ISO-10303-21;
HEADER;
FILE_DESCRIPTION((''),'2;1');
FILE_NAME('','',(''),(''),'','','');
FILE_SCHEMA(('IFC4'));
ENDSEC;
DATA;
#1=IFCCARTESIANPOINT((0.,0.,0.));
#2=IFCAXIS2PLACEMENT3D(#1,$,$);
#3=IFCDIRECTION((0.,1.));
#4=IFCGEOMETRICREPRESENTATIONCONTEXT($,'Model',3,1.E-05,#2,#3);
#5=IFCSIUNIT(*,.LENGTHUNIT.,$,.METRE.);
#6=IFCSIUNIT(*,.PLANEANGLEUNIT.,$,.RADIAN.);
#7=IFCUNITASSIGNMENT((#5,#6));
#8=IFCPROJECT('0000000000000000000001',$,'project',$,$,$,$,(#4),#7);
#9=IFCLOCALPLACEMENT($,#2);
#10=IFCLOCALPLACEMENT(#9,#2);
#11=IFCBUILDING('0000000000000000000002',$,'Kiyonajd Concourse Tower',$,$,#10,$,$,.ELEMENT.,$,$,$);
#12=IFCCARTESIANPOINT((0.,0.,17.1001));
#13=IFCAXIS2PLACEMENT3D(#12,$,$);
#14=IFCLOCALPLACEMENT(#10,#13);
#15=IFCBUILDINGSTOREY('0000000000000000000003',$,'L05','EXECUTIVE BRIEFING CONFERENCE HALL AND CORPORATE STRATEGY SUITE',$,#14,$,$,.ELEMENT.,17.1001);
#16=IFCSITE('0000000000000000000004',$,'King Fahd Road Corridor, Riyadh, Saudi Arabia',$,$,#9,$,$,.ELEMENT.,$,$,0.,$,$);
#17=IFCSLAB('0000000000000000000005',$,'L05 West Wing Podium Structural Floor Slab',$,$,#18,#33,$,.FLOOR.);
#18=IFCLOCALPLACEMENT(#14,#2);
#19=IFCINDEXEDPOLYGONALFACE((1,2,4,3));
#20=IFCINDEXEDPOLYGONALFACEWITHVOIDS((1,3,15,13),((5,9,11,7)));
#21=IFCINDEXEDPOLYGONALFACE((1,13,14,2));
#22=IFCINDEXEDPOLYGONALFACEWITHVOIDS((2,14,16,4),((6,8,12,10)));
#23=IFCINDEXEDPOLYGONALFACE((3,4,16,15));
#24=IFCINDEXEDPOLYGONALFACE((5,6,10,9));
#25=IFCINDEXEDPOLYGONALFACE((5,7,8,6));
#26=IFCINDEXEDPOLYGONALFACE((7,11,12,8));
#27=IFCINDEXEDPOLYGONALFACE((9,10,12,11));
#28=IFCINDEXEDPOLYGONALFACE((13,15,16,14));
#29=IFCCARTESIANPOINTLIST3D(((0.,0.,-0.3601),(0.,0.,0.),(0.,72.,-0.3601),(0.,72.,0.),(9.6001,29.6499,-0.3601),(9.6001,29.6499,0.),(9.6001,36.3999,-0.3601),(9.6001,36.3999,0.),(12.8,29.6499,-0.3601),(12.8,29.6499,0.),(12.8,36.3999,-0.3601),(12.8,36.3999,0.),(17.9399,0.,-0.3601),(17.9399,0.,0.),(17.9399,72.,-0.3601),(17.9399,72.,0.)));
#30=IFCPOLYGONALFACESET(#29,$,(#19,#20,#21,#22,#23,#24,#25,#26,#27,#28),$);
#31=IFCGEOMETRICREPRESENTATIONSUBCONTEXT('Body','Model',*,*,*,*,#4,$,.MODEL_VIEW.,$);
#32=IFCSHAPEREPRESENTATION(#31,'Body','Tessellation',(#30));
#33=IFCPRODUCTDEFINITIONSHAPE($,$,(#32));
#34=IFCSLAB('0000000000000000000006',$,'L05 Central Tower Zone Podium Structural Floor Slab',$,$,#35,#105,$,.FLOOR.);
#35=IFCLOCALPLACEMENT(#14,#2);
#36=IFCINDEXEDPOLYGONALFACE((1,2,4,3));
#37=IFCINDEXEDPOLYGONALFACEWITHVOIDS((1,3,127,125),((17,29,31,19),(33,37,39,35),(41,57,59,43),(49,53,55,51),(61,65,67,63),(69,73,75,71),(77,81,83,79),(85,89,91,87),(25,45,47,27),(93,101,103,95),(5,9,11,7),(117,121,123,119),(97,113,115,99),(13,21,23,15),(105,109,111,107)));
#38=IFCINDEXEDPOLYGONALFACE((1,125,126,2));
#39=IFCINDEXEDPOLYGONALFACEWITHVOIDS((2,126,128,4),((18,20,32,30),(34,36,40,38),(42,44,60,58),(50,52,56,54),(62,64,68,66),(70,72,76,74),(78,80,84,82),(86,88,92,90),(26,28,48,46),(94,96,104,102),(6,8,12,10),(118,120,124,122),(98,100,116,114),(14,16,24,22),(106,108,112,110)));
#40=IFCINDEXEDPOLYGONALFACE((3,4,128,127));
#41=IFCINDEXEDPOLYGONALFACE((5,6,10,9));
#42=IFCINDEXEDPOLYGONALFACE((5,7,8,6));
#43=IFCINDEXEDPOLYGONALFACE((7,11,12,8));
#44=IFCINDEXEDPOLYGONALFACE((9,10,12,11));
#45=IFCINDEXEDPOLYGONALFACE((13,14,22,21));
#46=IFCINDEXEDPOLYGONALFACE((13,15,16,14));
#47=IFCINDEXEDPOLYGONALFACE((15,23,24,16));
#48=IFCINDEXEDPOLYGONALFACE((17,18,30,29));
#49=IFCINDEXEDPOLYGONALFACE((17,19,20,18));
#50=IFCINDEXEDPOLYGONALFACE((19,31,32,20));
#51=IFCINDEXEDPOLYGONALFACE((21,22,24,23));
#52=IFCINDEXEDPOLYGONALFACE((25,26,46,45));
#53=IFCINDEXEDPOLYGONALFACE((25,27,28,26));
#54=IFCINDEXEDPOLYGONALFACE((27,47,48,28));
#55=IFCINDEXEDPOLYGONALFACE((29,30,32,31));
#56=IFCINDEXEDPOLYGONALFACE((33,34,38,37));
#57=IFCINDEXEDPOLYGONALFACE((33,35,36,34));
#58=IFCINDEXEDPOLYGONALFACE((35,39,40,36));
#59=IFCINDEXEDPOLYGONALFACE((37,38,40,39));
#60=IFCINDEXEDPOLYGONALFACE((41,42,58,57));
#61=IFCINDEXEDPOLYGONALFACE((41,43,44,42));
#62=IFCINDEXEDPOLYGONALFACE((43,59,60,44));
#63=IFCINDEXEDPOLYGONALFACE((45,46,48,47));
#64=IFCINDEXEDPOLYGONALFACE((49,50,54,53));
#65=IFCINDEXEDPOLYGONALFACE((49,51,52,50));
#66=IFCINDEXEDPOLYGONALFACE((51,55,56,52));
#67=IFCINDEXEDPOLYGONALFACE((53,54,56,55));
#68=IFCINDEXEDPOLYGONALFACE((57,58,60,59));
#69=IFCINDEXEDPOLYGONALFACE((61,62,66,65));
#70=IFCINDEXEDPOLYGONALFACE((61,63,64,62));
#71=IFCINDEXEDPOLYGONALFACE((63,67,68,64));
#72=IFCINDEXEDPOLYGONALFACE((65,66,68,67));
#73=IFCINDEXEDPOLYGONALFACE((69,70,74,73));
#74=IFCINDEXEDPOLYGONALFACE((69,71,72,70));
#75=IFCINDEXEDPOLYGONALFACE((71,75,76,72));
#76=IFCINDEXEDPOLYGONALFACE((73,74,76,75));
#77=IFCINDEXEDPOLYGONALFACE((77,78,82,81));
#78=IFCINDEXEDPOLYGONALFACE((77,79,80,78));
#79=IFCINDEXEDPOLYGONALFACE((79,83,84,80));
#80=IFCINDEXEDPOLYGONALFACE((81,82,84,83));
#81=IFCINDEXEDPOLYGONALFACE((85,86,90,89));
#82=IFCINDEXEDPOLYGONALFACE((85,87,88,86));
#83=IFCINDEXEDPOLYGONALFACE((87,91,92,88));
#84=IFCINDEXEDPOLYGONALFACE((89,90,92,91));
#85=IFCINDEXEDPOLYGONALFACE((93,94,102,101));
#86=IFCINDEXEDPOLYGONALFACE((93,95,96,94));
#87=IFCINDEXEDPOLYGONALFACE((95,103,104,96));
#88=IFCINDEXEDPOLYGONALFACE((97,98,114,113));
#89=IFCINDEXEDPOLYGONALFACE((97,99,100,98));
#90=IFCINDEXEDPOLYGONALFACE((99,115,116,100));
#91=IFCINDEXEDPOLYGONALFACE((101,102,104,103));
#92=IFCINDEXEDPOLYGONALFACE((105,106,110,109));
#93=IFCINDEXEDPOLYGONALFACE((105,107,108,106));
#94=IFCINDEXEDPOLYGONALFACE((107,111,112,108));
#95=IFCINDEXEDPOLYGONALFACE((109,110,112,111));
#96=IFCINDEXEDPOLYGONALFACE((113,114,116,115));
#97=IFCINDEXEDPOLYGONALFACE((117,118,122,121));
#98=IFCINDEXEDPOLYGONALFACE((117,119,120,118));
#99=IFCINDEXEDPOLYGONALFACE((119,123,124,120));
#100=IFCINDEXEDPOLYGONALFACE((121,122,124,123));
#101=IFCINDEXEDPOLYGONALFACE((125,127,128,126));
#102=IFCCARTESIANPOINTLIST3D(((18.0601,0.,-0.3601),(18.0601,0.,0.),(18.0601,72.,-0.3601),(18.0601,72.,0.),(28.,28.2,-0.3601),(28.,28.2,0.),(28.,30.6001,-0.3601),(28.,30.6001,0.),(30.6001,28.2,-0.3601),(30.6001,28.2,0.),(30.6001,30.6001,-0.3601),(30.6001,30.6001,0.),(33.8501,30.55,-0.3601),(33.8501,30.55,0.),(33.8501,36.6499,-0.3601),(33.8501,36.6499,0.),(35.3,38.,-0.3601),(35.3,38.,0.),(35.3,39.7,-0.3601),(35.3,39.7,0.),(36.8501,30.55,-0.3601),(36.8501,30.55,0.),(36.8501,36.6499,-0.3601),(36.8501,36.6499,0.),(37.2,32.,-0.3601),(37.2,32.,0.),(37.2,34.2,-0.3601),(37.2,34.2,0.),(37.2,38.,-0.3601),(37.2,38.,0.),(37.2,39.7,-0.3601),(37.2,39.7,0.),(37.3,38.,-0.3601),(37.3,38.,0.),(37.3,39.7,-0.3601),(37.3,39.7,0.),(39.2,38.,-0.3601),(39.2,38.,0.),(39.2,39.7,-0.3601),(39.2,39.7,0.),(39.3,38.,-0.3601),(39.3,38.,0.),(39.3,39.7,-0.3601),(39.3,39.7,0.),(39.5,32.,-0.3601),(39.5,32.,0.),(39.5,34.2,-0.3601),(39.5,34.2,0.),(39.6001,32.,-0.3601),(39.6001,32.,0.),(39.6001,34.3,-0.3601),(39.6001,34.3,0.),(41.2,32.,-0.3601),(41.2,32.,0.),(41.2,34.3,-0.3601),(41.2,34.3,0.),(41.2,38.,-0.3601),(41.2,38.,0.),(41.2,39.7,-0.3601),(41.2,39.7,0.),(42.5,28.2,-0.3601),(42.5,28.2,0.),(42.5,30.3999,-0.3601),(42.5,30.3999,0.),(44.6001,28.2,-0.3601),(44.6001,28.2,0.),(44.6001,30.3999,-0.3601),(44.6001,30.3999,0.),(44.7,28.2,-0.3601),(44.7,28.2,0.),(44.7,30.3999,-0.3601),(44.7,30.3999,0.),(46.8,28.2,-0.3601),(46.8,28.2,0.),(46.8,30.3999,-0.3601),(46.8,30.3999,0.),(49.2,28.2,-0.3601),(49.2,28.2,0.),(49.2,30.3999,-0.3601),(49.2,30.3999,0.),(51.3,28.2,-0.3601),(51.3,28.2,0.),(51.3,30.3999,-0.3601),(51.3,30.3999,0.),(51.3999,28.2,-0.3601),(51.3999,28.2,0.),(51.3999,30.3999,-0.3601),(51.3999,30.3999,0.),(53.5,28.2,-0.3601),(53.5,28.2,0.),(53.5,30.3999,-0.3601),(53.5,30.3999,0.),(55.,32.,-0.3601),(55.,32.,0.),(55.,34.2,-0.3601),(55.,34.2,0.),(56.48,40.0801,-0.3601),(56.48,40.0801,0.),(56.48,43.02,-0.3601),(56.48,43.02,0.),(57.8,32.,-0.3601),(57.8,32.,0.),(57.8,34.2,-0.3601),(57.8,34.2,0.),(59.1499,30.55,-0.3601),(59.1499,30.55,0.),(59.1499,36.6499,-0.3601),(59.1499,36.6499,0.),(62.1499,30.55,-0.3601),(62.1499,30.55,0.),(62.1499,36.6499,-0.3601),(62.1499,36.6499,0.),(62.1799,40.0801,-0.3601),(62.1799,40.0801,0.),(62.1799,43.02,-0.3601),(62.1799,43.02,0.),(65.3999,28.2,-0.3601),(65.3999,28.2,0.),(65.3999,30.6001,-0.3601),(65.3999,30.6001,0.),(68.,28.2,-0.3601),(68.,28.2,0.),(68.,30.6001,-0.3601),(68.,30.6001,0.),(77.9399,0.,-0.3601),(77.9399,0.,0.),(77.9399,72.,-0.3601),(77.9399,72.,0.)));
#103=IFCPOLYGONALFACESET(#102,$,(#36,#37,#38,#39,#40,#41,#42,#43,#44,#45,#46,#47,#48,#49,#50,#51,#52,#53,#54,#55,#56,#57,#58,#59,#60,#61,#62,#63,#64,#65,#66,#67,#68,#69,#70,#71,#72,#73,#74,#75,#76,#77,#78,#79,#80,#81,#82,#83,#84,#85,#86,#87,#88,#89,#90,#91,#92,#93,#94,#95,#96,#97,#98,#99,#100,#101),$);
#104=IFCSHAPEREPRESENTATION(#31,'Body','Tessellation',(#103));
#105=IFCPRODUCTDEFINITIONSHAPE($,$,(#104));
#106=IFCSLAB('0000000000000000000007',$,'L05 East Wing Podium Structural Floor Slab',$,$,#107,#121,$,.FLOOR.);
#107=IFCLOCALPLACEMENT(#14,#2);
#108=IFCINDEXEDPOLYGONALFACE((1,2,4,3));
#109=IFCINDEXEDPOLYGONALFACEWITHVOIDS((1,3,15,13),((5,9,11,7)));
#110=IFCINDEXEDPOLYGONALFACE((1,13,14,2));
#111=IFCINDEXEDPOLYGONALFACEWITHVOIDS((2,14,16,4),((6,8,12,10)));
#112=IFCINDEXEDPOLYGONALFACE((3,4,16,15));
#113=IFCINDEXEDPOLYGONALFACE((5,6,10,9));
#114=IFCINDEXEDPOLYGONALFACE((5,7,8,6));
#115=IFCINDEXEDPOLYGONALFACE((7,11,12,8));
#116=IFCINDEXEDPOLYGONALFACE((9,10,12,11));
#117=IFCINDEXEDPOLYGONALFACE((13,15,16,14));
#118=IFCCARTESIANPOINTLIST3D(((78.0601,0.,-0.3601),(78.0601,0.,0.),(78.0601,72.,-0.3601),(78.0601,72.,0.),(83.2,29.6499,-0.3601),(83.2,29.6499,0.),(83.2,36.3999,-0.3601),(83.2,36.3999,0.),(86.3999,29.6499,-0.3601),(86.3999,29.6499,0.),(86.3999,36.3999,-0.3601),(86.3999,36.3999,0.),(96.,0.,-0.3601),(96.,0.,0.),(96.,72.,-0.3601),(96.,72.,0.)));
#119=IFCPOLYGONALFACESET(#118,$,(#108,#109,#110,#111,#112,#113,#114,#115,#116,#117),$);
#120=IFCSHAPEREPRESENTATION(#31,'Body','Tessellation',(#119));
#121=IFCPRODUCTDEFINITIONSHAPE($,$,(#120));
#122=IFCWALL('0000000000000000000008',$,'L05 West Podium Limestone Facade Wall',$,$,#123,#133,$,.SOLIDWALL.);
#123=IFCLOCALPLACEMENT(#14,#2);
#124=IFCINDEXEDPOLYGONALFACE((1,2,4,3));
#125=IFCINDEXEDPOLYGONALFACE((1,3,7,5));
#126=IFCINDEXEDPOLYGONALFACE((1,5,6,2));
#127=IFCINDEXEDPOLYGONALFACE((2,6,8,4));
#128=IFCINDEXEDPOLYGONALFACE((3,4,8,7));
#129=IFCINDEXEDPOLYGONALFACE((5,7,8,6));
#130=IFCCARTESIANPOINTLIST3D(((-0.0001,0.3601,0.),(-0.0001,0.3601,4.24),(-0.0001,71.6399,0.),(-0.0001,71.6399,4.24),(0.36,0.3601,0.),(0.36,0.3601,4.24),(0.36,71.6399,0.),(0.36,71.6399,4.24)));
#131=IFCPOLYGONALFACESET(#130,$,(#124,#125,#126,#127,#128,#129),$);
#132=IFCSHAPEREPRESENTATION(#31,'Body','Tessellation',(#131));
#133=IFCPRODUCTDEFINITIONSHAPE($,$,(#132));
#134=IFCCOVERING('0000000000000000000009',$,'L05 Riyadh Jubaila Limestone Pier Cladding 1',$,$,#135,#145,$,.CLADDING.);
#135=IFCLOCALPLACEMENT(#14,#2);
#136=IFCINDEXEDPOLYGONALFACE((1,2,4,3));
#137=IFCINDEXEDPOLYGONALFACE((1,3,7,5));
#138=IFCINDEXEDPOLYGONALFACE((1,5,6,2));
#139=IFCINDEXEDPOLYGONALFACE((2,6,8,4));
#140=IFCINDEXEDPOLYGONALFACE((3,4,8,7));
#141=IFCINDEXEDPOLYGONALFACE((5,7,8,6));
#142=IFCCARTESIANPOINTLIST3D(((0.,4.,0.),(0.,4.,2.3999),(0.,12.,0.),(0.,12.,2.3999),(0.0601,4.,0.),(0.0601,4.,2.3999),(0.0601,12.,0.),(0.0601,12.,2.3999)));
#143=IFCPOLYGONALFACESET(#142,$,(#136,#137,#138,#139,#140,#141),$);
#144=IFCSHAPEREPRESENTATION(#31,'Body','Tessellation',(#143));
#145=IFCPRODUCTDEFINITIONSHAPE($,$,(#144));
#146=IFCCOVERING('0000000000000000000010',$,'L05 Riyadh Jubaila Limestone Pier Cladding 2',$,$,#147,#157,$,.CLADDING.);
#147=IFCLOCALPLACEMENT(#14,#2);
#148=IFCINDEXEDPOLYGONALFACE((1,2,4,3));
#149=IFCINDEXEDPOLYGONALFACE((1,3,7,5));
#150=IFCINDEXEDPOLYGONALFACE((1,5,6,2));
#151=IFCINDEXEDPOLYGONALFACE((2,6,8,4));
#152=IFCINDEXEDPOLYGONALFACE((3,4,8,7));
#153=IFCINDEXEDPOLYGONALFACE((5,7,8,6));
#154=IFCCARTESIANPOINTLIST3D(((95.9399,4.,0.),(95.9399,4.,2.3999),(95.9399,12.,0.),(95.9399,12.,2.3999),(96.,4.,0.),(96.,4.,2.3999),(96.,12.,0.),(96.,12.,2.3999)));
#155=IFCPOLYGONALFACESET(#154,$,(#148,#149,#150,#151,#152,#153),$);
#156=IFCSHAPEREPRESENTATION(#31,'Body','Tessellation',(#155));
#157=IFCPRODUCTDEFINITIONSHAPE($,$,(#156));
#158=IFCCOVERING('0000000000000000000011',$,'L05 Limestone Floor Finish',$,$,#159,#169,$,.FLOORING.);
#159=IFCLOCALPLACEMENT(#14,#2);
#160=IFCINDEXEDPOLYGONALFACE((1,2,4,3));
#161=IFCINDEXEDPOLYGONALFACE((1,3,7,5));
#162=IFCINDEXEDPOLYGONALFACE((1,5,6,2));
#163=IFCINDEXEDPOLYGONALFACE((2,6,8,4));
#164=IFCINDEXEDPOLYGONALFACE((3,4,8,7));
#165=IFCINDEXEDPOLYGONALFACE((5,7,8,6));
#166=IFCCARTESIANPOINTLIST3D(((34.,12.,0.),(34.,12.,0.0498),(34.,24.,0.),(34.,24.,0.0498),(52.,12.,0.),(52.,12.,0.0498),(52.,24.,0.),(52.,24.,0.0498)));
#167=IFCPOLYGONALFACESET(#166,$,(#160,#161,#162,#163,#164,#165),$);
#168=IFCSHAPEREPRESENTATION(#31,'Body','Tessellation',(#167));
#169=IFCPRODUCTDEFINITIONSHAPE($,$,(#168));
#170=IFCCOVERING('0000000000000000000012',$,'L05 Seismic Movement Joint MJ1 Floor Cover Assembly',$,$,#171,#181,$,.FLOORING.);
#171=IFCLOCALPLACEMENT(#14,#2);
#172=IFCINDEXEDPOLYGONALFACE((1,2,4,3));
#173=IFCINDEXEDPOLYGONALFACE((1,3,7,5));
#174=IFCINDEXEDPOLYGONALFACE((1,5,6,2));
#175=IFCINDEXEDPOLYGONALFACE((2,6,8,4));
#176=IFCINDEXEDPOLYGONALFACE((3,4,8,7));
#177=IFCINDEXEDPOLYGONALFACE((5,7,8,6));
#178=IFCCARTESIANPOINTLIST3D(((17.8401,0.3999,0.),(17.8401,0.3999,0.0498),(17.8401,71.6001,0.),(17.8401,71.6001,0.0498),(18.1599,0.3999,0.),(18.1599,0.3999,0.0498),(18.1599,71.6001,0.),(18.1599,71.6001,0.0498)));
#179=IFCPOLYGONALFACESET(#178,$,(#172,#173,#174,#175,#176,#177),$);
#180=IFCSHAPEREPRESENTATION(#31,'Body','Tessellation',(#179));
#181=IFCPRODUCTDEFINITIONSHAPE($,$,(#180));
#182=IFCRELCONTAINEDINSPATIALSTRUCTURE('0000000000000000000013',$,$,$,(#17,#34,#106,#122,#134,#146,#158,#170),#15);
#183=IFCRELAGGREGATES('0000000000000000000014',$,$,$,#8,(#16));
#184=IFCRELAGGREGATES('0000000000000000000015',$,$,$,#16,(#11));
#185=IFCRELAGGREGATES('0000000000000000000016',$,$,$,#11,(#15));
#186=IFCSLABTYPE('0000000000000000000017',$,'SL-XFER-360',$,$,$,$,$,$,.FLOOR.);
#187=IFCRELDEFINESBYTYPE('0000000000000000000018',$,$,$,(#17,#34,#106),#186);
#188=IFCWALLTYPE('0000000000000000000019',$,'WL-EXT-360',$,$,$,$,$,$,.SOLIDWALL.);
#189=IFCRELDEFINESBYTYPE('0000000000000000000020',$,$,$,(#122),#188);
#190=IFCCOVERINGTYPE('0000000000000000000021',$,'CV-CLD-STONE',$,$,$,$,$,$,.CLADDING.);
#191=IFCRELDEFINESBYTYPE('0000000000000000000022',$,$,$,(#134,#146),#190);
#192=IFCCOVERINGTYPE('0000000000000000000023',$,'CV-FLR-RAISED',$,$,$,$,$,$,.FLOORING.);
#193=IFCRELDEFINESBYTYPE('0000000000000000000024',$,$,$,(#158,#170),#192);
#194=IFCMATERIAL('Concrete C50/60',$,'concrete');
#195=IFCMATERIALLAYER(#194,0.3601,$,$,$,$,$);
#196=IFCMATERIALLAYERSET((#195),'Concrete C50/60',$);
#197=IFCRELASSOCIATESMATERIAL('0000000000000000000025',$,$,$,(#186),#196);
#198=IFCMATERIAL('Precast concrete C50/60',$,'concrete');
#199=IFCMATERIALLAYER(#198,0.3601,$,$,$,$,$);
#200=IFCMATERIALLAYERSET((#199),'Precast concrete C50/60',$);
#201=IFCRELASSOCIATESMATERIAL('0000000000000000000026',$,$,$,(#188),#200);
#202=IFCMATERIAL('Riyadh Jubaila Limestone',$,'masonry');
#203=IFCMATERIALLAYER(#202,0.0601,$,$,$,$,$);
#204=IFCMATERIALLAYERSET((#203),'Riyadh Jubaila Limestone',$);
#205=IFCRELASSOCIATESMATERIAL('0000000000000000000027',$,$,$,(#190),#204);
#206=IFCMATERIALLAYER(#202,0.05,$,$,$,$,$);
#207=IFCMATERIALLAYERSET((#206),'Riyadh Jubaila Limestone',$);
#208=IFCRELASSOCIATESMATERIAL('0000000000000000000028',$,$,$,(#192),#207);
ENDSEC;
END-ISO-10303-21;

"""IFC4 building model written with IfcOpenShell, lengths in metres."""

from ifc_helpers import new_model, si_unit, direction, frame, frame_2d, origin, place, context, subcontext, project, spatial, polyline, rectangle, outline, extrude, material, layer, layer_set, type_object, element, save


model = new_model("IFC4")

# Units and contexts
model_context = context("Model", 3, precision=1e-05, world=origin(), true_north=direction((0.0, 1.0)))
body_context = subcontext(model_context, "Body", "Model", "MODEL_VIEW")
ifc_project = project(units=[si_unit("LENGTHUNIT", "METRE"), si_unit("PLANEANGLEUNIT", "RADIAN")], contexts=[model_context])

# Site, building, storey
site_placement = place(None, origin())
site = spatial("IfcSite", under=ifc_project, at=site_placement, Name="King Fahd Road Corridor, Riyadh, Saudi Arabia", CompositionType="ELEMENT", RefElevation=0.0)
building_placement = place(site_placement, origin())
building = spatial("IfcBuilding", under=site, at=building_placement, Name="Kiyonajd Concourse Tower", CompositionType="ELEMENT")
storey_placement = place(building_placement, frame((0.0, 0.0, 17.1001)))
storey = spatial("IfcBuildingStorey", under=building, at=storey_placement, Name="L05", Description="EXECUTIVE BRIEFING CONFERENCE HALL AND CORPORATE STRATEGY SUITE", CompositionType="ELEMENT", Elevation=17.1001)

# Slabs
ifc_material_1 = material(Name="Concrete C50/60", Category="concrete")
ifc_layer_1 = layer(ifc_material_1, 0.3601)
ifc_layer_set_1 = layer_set([ifc_layer_1], Name="Concrete C50/60")
slab_type_1 = type_object("IfcSlabType", Name="SL-XFER-360", PredefinedType="FLOOR", material=ifc_layer_set_1)
slab_1_placement = place(storey_placement, frame((0.0, 0.0, -0.3601)))
element("IfcSlab", 1, at=slab_1_placement, inside=storey, type_object=slab_type_1, Name="L05 West Wing Podium Structural Floor Slab", PredefinedType="FLOOR", context=body_context, shape_type="SweptSolid", body=[
    extrude(outline(polyline([(0.0, 0.0), (17.9399, 0.0), (17.9399, 72.0), (0.0, 72.0), (0.0, 0.0)]), holes=[polyline([(9.6001, 29.6499), (9.6001, 36.3999), (12.8, 36.3999), (12.8, 29.6499), (9.6001, 29.6499)])]), origin(), (0.0, 0.0, 1.0), 0.3601),
])
slab_2_placement = place(storey_placement, frame((0.0, 0.0, -0.3601)))
element("IfcSlab", 2, at=slab_2_placement, inside=storey, type_object=slab_type_1, Name="L05 Central Tower Zone Podium Structural Floor Slab", PredefinedType="FLOOR", context=body_context, shape_type="SweptSolid", body=[
    extrude(outline(polyline([(18.0601, 0.0), (77.9399, 0.0), (77.9399, 72.0), (18.0601, 72.0), (18.0601, 0.0)]), holes=[polyline([(42.5, 28.2), (42.5, 30.3999), (44.6001, 30.3999), (44.6001, 28.2), (42.5, 28.2)]), polyline([(28.0, 28.2), (28.0, 30.6001), (30.6001, 30.6001), (30.6001, 28.2), (28.0, 28.2)]), polyline([(37.2, 32.0), (37.2, 34.2), (39.5, 34.2), (39.5, 32.0), (37.2, 32.0)]), polyline([(39.6001, 32.0), (39.6001, 34.3), (41.2, 34.3), (41.2, 32.0), (39.6001, 32.0)]), polyline([(33.8501, 30.55), (33.8501, 36.6499), (36.8501, 36.6499), (36.8501, 30.55), (33.8501, 30.55)]), polyline([(35.3, 38.0), (35.3, 39.7), (37.2, 39.7), (37.2, 38.0), (35.3, 38.0)]), polyline([(37.3, 38.0), (37.3, 39.7), (39.2, 39.7), (39.2, 38.0), (37.3, 38.0)]), polyline([(39.3, 38.0), (39.3, 39.7), (41.2, 39.7), (41.2, 38.0), (39.3, 38.0)]), polyline([(44.7, 28.2), (44.7, 30.3999), (46.8, 30.3999), (46.8, 28.2), (44.7, 28.2)]), polyline([(49.2, 28.2), (49.2, 30.3999), (51.3, 30.3999), (51.3, 28.2), (49.2, 28.2)]), polyline([(51.3999, 28.2), (51.3999, 30.3999), (53.5, 30.3999), (53.5, 28.2), (51.3999, 28.2)]), polyline([(65.3999, 28.2), (65.3999, 30.6001), (68.0, 30.6001), (68.0, 28.2), (65.3999, 28.2)]), polyline([(55.0, 32.0), (55.0, 34.2), (57.8, 34.2), (57.8, 32.0), (55.0, 32.0)]), polyline([(59.1499, 36.6499), (62.1499, 36.6499), (62.1499, 30.55), (59.1499, 30.55), (59.1499, 36.6499)]), polyline([(62.1799, 43.02), (62.1799, 40.0801), (56.48, 40.0801), (56.48, 43.02), (62.1799, 43.02)])]), origin(), (0.0, 0.0, 1.0), 0.3601),
])
slab_3_placement = place(storey_placement, frame((0.0, 0.0, -0.3601)))
element("IfcSlab", 3, at=slab_3_placement, inside=storey, type_object=slab_type_1, Name="L05 East Wing Podium Structural Floor Slab", PredefinedType="FLOOR", context=body_context, shape_type="SweptSolid", body=[
    extrude(outline(polyline([(78.0601, 0.0), (96.0, 0.0), (96.0, 72.0), (78.0601, 72.0), (78.0601, 0.0)]), holes=[polyline([(83.2, 29.6499), (83.2, 36.3999), (86.3999, 36.3999), (86.3999, 29.6499), (83.2, 29.6499)])]), origin(), (0.0, 0.0, 1.0), 0.3601),
])

# Wall
ifc_material_2 = material(Name="Precast concrete C50/60", Category="concrete")
ifc_layer_2 = layer(ifc_material_2, 0.3601)
ifc_layer_set_2 = layer_set([ifc_layer_2], Name="Precast concrete C50/60")
wall_type = type_object("IfcWallType", Name="WL-EXT-360", PredefinedType="SOLIDWALL", material=ifc_layer_set_2)
wall_placement = place(storey_placement, frame((0.1799, 0.3601, 0.0), z_axis=(0.0, 0.0, 1.0), x_axis=(0.0, 1.0, 0.0)))
element("IfcWall", 4, at=wall_placement, inside=storey, type_object=wall_type, Name="L05 West Podium Limestone Facade Wall", PredefinedType="SOLIDWALL", context=body_context, shape_type="SweptSolid", body=[
    extrude(rectangle(XDim=71.2798, YDim=0.3601, at=frame_2d((35.6399, 0.0))), origin(), (0.0, 0.0, 1.0), 4.24),
])

# Coverings
ifc_material_3 = material(Name="Riyadh Jubaila Limestone", Category="masonry")
ifc_layer_3 = layer(ifc_material_3, 0.0601)
ifc_layer_set_3 = layer_set([ifc_layer_3], Name="Riyadh Jubaila Limestone")
covering_type_1 = type_object("IfcCoveringType", Name="CV-CLD-STONE", PredefinedType="CLADDING", material=ifc_layer_set_3)
covering_1_placement = place(storey_placement, origin())
element("IfcCovering", 5, at=covering_1_placement, inside=storey, type_object=covering_type_1, Name="L05 Riyadh Jubaila Limestone Pier Cladding 1", PredefinedType="CLADDING", context=body_context, shape_type="SweptSolid", body=[
    extrude(outline(polyline([(0.0, 4.0), (0.0601, 4.0), (0.0601, 12.0), (0.0, 12.0), (0.0, 4.0)])), origin(), (0.0, 0.0, 1.0), 2.3999),
])
covering_2_placement = place(storey_placement, origin())
element("IfcCovering", 6, at=covering_2_placement, inside=storey, type_object=covering_type_1, Name="L05 Riyadh Jubaila Limestone Pier Cladding 2", PredefinedType="CLADDING", context=body_context, shape_type="SweptSolid", body=[
    extrude(outline(polyline([(95.9399, 4.0), (96.0, 4.0), (96.0, 12.0), (95.9399, 12.0), (95.9399, 4.0)])), origin(), (0.0, 0.0, 1.0), 2.3999),
])
ifc_layer_4 = layer(ifc_material_3, 0.05)
ifc_layer_set_4 = layer_set([ifc_layer_4], Name="Riyadh Jubaila Limestone")
covering_type_2 = type_object("IfcCoveringType", Name="CV-FLR-RAISED", PredefinedType="FLOORING", material=ifc_layer_set_4)
covering_3_placement = place(storey_placement, origin())
element("IfcCovering", 7, at=covering_3_placement, inside=storey, type_object=covering_type_2, Name="L05 Limestone Floor Finish", PredefinedType="FLOORING", context=body_context, shape_type="SweptSolid", body=[
    extrude(outline(polyline([(34.0, 12.0), (52.0, 12.0), (52.0, 24.0), (34.0, 24.0), (34.0, 12.0)])), origin(), (0.0, 0.0, 1.0), 0.0498),
])
covering_4_placement = place(storey_placement, origin())
element("IfcCovering", 8, at=covering_4_placement, inside=storey, type_object=covering_type_2, Name="L05 Seismic Movement Joint MJ1 Floor Cover Assembly", PredefinedType="FLOORING", context=body_context, shape_type="SweptSolid", body=[
    extrude(outline(polyline([(17.8401, 0.3999), (18.1599, 0.3999), (18.1599, 71.6001), (17.8401, 71.6001), (17.8401, 0.3999)])), origin(), (0.0, 0.0, 1.0), 0.0498),
])

save(model, "model.ifc")
